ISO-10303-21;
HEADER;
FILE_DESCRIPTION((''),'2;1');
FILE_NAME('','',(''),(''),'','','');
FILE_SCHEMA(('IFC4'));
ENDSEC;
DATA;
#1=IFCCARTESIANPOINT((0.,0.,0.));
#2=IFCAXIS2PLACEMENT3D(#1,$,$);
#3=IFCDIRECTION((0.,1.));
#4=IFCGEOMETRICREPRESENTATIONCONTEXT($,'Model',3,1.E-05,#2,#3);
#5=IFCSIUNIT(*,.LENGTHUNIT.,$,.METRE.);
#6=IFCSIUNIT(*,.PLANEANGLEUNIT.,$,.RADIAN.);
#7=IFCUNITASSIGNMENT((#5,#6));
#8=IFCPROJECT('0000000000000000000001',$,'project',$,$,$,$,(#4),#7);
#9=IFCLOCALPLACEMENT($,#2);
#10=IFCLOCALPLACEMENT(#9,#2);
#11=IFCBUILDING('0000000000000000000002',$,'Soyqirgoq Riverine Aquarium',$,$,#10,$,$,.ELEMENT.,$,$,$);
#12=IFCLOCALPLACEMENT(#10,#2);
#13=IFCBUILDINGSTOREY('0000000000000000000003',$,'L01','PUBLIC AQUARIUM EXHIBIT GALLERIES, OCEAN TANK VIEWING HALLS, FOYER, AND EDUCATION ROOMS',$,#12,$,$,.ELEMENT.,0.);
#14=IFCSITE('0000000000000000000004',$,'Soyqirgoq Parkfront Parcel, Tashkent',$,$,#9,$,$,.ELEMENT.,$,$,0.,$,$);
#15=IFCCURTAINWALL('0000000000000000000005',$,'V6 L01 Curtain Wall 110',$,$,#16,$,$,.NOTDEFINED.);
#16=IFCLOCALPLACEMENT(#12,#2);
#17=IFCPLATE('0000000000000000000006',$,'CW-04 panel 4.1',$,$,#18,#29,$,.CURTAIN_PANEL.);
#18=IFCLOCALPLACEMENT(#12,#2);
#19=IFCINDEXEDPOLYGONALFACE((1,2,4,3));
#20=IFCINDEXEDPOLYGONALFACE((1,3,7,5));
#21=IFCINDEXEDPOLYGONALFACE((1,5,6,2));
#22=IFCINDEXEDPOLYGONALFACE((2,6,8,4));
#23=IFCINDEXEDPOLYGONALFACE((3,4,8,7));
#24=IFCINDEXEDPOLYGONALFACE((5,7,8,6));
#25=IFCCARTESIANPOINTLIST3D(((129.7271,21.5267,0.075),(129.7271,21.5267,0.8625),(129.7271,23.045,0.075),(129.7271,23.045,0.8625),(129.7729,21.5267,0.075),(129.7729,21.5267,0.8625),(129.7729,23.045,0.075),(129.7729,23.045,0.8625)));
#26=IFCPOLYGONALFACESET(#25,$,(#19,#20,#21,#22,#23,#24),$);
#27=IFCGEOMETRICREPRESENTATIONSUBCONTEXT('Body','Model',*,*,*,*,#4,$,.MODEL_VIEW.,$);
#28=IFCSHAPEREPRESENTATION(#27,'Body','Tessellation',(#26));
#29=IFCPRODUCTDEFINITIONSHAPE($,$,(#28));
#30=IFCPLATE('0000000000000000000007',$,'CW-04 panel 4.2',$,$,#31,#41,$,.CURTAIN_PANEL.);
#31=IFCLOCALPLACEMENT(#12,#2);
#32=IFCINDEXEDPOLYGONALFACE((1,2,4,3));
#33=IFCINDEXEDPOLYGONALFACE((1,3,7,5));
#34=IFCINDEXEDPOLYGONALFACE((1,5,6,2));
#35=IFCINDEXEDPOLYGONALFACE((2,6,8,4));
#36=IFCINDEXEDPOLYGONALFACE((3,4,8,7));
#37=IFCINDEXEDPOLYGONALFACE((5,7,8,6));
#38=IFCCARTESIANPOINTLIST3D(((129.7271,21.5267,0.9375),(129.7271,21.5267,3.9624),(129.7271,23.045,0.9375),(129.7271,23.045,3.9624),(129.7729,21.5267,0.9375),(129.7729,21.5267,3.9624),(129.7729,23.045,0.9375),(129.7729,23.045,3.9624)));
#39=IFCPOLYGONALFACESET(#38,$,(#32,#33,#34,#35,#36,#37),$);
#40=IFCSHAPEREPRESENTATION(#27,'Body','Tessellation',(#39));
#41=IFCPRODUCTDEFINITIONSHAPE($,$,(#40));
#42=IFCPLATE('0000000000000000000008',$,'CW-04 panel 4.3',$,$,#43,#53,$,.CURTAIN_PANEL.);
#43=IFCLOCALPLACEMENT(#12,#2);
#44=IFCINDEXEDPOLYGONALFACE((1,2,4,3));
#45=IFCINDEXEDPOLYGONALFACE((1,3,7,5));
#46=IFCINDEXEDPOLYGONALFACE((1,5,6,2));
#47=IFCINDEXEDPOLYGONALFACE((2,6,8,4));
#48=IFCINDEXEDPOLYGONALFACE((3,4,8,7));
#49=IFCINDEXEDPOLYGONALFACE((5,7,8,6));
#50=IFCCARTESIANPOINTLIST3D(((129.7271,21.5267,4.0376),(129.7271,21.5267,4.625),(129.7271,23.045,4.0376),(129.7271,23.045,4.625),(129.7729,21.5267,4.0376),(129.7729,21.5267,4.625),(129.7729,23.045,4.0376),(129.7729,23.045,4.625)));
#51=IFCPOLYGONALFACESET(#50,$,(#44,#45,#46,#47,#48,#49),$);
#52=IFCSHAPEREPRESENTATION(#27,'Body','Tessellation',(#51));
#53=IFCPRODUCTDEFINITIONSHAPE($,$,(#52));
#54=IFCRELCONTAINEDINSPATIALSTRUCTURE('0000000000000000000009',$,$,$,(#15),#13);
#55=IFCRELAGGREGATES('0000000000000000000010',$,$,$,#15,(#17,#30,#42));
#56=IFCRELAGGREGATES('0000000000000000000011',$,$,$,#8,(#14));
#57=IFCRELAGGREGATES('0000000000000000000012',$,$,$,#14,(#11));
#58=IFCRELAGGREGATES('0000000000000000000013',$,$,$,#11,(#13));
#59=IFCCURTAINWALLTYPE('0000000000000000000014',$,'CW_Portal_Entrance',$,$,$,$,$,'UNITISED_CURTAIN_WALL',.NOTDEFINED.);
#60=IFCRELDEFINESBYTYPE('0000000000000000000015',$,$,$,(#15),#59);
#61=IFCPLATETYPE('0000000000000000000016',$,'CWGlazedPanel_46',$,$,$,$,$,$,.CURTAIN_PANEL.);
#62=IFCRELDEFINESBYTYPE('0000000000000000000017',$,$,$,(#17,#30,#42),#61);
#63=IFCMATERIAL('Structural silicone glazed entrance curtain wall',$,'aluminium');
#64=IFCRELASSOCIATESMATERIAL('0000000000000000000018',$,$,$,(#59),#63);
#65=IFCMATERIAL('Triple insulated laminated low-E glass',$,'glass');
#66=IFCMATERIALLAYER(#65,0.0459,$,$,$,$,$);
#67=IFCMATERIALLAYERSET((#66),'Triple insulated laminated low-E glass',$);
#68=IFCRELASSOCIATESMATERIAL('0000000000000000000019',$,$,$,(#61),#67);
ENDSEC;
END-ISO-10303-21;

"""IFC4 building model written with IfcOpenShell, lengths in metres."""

from ifc_helpers import new_model, si_unit, direction, frame, origin, origin_2d, place, context, subcontext, project, spatial, rectangle, extrude, material, layer, layer_set, type_object, element, aggregate, save


model = new_model("IFC4")

# Units and contexts
model_context = context("Model", 3, precision=1e-05, world=origin(), true_north=direction((0.0, 1.0)))
body_context = subcontext(model_context, "Body", "Model", "MODEL_VIEW")
ifc_project = project(units=[si_unit("LENGTHUNIT", "METRE"), si_unit("PLANEANGLEUNIT", "RADIAN")], contexts=[model_context])

# Site, building, storey
site_placement = place(None, origin())
site = spatial("IfcSite", under=ifc_project, at=site_placement, Name="Soyqirgoq Parkfront Parcel, Tashkent", CompositionType="ELEMENT", RefElevation=0.0)
building_placement = place(site_placement, origin())
building = spatial("IfcBuilding", under=site, at=building_placement, Name="Soyqirgoq Riverine Aquarium", CompositionType="ELEMENT")
storey_placement = place(building_placement, origin())
storey = spatial("IfcBuildingStorey", under=building, at=storey_placement, Name="L01", Description="PUBLIC AQUARIUM EXHIBIT GALLERIES, OCEAN TANK VIEWING HALLS, FOYER, AND EDUCATION ROOMS", CompositionType="ELEMENT", Elevation=0.0)

# Curtain wall, plates
ifc_material_1 = material(Name="Structural silicone glazed entrance curtain wall", Category="aluminium")
curtain_wall_type = type_object("IfcCurtainWallType", Name="CW_Portal_Entrance", ElementType="UNITISED_CURTAIN_WALL", PredefinedType="NOTDEFINED", material=ifc_material_1)
curtain_wall_placement = place(storey_placement, origin())
curtain_wall = element("IfcCurtainWall", 1, at=curtain_wall_placement, inside=storey, type_object=curtain_wall_type, Name="V6 L01 Curtain Wall 110", PredefinedType="NOTDEFINED")
ifc_material_2 = material(Name="Triple insulated laminated low-E glass", Category="glass")
ifc_layer = layer(ifc_material_2, 0.0459)
ifc_layer_set = layer_set([ifc_layer], Name="Triple insulated laminated low-E glass")
plate_type = type_object("IfcPlateType", Name="CWGlazedPanel_46", PredefinedType="CURTAIN_PANEL", material=ifc_layer_set)
plate_1_placement = place(storey_placement, frame((129.75, 22.2859, 0.075), z_axis=(0.0, 0.0, 1.0), x_axis=(0.0, -1.0, 0.0)))
plate_1 = element("IfcPlate", 2, at=plate_1_placement, type_object=plate_type, Name="CW-04 panel 4.1", PredefinedType="CURTAIN_PANEL", context=body_context, shape_type="SweptSolid", body=[
    extrude(rectangle(XDim=1.5183, YDim=0.0459, at=origin_2d()), origin(), (0.0, 0.0, 1.0), 0.7876),
])
plate_2_placement = place(storey_placement, frame((129.75, 22.2859, 0.9375), z_axis=(0.0, 0.0, 1.0), x_axis=(0.0, -1.0, 0.0)))
plate_2 = element("IfcPlate", 3, at=plate_2_placement, type_object=plate_type, Name="CW-04 panel 4.2", PredefinedType="CURTAIN_PANEL", context=body_context, shape_type="SweptSolid", body=[
    extrude(rectangle(XDim=1.5183, YDim=0.0459, at=origin_2d()), origin(), (0.0, 0.0, 1.0), 3.0249),
])
plate_3_placement = place(storey_placement, frame((129.75, 22.2859, 4.0376), z_axis=(0.0, 0.0, 1.0), x_axis=(0.0, -1.0, 0.0)))
plate_3 = element("IfcPlate", 4, at=plate_3_placement, type_object=plate_type, Name="CW-04 panel 4.3", PredefinedType="CURTAIN_PANEL", context=body_context, shape_type="SweptSolid", body=[
    extrude(rectangle(XDim=1.5183, YDim=0.0459, at=origin_2d()), origin(), (0.0, 0.0, 1.0), 0.5874),
])
aggregate(curtain_wall, [plate_1, plate_2, plate_3])

save(model, "model.ifc")
